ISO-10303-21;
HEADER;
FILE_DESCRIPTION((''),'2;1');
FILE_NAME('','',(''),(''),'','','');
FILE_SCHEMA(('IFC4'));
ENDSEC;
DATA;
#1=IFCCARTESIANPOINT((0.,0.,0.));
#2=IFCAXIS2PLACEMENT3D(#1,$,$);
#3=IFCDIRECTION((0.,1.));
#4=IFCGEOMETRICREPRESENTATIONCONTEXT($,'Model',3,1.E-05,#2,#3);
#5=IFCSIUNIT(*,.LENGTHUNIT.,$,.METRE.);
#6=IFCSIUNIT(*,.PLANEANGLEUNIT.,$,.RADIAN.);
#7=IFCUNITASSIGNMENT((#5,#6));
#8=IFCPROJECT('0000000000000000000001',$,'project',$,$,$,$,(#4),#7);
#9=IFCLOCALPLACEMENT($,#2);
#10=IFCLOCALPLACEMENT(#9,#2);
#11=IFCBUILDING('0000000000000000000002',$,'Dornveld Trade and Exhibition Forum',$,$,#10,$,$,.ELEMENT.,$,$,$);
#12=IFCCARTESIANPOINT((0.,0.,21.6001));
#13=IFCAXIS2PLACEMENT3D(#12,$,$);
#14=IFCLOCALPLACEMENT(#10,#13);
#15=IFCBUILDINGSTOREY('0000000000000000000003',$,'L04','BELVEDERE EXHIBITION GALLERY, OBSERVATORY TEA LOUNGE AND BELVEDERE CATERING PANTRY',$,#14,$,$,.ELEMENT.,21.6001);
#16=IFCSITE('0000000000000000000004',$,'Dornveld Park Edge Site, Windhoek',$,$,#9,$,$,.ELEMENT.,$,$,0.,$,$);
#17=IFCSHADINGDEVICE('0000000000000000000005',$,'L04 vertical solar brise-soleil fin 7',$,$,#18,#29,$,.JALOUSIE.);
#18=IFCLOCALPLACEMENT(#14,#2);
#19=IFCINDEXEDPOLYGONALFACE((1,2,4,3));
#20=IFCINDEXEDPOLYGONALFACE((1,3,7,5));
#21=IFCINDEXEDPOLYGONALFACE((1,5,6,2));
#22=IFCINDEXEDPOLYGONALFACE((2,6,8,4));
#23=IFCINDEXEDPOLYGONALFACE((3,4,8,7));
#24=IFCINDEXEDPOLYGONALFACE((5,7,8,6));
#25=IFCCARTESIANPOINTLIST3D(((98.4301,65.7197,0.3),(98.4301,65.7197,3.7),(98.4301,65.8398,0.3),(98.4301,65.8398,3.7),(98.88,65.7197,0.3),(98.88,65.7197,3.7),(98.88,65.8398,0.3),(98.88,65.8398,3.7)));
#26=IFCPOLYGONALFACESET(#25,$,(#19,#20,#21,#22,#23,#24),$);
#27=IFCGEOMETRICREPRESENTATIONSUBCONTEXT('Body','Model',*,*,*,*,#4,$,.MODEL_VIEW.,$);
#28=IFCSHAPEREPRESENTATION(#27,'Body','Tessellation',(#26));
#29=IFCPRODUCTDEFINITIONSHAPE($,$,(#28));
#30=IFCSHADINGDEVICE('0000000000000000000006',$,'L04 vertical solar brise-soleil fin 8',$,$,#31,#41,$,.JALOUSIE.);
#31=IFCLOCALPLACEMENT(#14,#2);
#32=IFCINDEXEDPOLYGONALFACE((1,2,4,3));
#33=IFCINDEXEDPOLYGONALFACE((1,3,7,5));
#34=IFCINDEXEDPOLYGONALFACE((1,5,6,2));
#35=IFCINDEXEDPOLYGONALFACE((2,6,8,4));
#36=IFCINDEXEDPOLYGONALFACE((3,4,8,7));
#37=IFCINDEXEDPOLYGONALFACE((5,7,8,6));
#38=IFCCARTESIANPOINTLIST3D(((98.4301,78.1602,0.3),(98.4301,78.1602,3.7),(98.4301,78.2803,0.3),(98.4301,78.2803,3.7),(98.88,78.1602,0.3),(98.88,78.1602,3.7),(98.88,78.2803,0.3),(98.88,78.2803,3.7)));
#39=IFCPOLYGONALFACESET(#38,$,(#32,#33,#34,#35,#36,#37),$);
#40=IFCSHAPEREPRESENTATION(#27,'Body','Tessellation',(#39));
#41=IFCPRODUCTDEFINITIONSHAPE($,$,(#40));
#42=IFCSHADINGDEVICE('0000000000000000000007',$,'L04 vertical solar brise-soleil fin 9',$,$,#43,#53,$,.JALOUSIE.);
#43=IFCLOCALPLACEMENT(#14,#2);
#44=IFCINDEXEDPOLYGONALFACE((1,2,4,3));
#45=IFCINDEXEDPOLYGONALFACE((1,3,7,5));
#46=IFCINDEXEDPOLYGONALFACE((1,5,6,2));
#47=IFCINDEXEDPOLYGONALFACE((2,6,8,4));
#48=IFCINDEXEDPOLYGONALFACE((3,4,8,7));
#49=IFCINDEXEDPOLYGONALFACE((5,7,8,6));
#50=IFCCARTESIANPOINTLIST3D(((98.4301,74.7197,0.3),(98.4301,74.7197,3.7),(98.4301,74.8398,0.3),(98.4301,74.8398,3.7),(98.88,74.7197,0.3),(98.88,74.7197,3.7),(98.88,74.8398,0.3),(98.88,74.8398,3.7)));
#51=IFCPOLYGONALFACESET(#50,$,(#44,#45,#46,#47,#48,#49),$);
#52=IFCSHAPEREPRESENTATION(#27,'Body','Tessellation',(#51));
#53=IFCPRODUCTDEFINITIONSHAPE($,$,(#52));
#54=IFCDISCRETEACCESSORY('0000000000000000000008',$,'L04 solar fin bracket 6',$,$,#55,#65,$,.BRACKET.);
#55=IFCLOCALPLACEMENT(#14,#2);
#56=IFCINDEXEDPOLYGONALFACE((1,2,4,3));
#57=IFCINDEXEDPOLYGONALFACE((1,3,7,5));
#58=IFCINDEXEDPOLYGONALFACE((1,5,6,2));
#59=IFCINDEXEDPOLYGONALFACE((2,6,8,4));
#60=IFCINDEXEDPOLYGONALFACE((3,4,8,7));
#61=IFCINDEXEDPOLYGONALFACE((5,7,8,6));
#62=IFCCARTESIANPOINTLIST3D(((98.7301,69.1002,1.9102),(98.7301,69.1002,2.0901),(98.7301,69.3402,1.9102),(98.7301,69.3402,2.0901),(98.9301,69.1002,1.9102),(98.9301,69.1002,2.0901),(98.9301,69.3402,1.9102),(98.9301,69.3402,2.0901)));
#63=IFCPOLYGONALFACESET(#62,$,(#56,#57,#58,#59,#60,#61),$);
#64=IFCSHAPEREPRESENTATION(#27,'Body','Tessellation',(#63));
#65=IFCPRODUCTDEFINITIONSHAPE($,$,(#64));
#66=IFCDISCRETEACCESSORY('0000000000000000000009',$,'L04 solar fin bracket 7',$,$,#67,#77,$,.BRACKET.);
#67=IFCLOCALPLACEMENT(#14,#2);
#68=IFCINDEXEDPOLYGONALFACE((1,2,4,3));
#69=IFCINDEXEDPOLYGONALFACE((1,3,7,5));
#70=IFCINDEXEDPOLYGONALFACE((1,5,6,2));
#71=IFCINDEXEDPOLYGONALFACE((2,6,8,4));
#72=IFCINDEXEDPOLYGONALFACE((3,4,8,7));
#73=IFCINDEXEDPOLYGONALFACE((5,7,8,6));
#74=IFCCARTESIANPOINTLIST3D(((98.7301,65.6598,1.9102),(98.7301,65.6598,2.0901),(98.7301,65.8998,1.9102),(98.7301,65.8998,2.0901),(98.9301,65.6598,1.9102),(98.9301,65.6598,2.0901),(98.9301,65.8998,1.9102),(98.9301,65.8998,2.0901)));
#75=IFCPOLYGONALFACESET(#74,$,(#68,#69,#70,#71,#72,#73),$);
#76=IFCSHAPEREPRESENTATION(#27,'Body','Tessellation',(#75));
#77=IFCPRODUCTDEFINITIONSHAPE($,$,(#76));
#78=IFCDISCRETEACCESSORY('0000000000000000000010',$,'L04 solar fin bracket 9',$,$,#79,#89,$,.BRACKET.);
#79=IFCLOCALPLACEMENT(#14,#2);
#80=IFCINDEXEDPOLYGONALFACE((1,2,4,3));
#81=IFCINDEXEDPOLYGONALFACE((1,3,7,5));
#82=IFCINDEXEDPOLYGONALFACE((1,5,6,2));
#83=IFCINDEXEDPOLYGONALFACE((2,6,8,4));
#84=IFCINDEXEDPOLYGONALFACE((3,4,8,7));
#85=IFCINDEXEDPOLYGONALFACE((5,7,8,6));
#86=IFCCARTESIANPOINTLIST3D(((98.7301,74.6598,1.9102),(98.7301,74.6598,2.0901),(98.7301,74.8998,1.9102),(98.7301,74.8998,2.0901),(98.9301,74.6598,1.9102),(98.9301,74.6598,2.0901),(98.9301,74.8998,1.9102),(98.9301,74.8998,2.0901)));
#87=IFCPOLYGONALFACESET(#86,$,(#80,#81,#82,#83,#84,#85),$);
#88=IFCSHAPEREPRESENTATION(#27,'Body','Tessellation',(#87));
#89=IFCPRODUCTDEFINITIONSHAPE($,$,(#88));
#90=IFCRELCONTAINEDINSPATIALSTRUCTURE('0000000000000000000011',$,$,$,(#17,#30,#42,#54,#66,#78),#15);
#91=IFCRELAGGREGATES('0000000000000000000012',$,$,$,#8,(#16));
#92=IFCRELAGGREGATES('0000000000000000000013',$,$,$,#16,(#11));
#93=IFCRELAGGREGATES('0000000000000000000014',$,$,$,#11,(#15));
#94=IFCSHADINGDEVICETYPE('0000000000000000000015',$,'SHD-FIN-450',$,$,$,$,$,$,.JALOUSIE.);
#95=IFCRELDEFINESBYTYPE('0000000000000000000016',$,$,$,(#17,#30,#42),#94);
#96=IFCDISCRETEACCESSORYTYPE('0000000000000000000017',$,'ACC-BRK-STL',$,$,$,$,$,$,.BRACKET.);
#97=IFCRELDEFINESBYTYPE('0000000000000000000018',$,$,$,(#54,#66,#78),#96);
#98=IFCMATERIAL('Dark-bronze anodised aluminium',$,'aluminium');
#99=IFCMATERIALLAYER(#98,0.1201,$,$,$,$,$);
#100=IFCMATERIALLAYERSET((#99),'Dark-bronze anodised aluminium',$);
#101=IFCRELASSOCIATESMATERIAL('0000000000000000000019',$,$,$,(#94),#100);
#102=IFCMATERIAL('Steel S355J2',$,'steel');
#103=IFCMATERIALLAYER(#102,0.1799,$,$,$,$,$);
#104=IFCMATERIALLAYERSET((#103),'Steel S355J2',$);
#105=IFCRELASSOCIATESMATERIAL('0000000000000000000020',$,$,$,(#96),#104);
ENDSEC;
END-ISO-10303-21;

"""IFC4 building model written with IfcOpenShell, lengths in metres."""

from ifc_helpers import new_model, si_unit, direction, frame, origin, origin_2d, place, context, subcontext, project, spatial, rectangle, extrude, material, layer, layer_set, type_object, element, save


model = new_model("IFC4")

# Units and contexts
model_context = context("Model", 3, precision=1e-05, world=origin(), true_north=direction((0.0, 1.0)))
body_context = subcontext(model_context, "Body", "Model", "MODEL_VIEW")
ifc_project = project(units=[si_unit("LENGTHUNIT", "METRE"), si_unit("PLANEANGLEUNIT", "RADIAN")], contexts=[model_context])

# Site, building, storey
site_placement = place(None, origin())
site = spatial("IfcSite", under=ifc_project, at=site_placement, Name="Dornveld Park Edge Site, Windhoek", CompositionType="ELEMENT", RefElevation=0.0)
building_placement = place(site_placement, origin())
building = spatial("IfcBuilding", under=site, at=building_placement, Name="Dornveld Trade and Exhibition Forum", CompositionType="ELEMENT")
storey_placement = place(building_placement, frame((0.0, 0.0, 21.6001)))
storey = spatial("IfcBuildingStorey", under=building, at=storey_placement, Name="L04", Description="BELVEDERE EXHIBITION GALLERY, OBSERVATORY TEA LOUNGE AND BELVEDERE CATERING PANTRY", CompositionType="ELEMENT", Elevation=21.6001)

# Shading devices
ifc_material_1 = material(Name="Dark-bronze anodised aluminium", Category="aluminium")
ifc_layer_1 = layer(ifc_material_1, 0.1201)
ifc_layer_set_1 = layer_set([ifc_layer_1], Name="Dark-bronze anodised aluminium")
shading_device_type = type_object("IfcShadingDeviceType", Name="SHD-FIN-450", PredefinedType="JALOUSIE", material=ifc_layer_set_1)
for number, where, z_axis, x_axis, name in (
    (1, (98.655, 65.7798, 0.3), (0.0, 0.0, 1.0), (0.0, -1.0, 0.0), "L04 vertical solar brise-soleil fin 7"),
    (2, (98.655, 78.2202, 0.3), (0.0, 0.0, 1.0), (0.0, -1.0, 0.0), "L04 vertical solar brise-soleil fin 8"),
    (3, (98.655, 74.7798, 0.3), (0.0, 0.0, 1.0), (0.0, -1.0, 0.0), "L04 vertical solar brise-soleil fin 9"),
):
    element("IfcShadingDevice", number, at=place(storey_placement, frame(where, z_axis=z_axis, x_axis=x_axis)), inside=storey, type_object=shading_device_type, Name=name, PredefinedType="JALOUSIE", context=body_context, shape_type="SweptSolid", body=[
        extrude(rectangle(XDim=0.1201, YDim=0.45, at=origin_2d()), origin(), (0.0, 0.0, 1.0), 3.3999),
    ])

# Discrete accessories
ifc_material_2 = material(Name="Steel S355J2", Category="steel")
ifc_layer_2 = layer(ifc_material_2, 0.1799)
ifc_layer_set_2 = layer_set([ifc_layer_2], Name="Steel S355J2")
discrete_accessory_type = type_object("IfcDiscreteAccessoryType", Name="ACC-BRK-STL", PredefinedType="BRACKET", material=ifc_layer_set_2)
for number, where, z_axis, x_axis, name in (
    (4, (98.8301, 69.2202, 1.9102), (0.0, 0.0, 1.0), (0.0, -1.0, 0.0), "L04 solar fin bracket 6"),
    (5, (98.8301, 65.7798, 1.9102), (0.0, 0.0, 1.0), (0.0, -1.0, 0.0), "L04 solar fin bracket 7"),
    (6, (98.8301, 74.7798, 1.9102), (0.0, 0.0, 1.0), (0.0, -1.0, 0.0), "L04 solar fin bracket 9"),
):
    element("IfcDiscreteAccessory", number, at=place(storey_placement, frame(where, z_axis=z_axis, x_axis=x_axis)), inside=storey, type_object=discrete_accessory_type, Name=name, PredefinedType="BRACKET", context=body_context, shape_type="SweptSolid", body=[
        extrude(rectangle(XDim=0.24, YDim=0.2, at=origin_2d()), origin(), (0.0, 0.0, 1.0), 0.1799),
    ])

save(model, "model.ifc")
